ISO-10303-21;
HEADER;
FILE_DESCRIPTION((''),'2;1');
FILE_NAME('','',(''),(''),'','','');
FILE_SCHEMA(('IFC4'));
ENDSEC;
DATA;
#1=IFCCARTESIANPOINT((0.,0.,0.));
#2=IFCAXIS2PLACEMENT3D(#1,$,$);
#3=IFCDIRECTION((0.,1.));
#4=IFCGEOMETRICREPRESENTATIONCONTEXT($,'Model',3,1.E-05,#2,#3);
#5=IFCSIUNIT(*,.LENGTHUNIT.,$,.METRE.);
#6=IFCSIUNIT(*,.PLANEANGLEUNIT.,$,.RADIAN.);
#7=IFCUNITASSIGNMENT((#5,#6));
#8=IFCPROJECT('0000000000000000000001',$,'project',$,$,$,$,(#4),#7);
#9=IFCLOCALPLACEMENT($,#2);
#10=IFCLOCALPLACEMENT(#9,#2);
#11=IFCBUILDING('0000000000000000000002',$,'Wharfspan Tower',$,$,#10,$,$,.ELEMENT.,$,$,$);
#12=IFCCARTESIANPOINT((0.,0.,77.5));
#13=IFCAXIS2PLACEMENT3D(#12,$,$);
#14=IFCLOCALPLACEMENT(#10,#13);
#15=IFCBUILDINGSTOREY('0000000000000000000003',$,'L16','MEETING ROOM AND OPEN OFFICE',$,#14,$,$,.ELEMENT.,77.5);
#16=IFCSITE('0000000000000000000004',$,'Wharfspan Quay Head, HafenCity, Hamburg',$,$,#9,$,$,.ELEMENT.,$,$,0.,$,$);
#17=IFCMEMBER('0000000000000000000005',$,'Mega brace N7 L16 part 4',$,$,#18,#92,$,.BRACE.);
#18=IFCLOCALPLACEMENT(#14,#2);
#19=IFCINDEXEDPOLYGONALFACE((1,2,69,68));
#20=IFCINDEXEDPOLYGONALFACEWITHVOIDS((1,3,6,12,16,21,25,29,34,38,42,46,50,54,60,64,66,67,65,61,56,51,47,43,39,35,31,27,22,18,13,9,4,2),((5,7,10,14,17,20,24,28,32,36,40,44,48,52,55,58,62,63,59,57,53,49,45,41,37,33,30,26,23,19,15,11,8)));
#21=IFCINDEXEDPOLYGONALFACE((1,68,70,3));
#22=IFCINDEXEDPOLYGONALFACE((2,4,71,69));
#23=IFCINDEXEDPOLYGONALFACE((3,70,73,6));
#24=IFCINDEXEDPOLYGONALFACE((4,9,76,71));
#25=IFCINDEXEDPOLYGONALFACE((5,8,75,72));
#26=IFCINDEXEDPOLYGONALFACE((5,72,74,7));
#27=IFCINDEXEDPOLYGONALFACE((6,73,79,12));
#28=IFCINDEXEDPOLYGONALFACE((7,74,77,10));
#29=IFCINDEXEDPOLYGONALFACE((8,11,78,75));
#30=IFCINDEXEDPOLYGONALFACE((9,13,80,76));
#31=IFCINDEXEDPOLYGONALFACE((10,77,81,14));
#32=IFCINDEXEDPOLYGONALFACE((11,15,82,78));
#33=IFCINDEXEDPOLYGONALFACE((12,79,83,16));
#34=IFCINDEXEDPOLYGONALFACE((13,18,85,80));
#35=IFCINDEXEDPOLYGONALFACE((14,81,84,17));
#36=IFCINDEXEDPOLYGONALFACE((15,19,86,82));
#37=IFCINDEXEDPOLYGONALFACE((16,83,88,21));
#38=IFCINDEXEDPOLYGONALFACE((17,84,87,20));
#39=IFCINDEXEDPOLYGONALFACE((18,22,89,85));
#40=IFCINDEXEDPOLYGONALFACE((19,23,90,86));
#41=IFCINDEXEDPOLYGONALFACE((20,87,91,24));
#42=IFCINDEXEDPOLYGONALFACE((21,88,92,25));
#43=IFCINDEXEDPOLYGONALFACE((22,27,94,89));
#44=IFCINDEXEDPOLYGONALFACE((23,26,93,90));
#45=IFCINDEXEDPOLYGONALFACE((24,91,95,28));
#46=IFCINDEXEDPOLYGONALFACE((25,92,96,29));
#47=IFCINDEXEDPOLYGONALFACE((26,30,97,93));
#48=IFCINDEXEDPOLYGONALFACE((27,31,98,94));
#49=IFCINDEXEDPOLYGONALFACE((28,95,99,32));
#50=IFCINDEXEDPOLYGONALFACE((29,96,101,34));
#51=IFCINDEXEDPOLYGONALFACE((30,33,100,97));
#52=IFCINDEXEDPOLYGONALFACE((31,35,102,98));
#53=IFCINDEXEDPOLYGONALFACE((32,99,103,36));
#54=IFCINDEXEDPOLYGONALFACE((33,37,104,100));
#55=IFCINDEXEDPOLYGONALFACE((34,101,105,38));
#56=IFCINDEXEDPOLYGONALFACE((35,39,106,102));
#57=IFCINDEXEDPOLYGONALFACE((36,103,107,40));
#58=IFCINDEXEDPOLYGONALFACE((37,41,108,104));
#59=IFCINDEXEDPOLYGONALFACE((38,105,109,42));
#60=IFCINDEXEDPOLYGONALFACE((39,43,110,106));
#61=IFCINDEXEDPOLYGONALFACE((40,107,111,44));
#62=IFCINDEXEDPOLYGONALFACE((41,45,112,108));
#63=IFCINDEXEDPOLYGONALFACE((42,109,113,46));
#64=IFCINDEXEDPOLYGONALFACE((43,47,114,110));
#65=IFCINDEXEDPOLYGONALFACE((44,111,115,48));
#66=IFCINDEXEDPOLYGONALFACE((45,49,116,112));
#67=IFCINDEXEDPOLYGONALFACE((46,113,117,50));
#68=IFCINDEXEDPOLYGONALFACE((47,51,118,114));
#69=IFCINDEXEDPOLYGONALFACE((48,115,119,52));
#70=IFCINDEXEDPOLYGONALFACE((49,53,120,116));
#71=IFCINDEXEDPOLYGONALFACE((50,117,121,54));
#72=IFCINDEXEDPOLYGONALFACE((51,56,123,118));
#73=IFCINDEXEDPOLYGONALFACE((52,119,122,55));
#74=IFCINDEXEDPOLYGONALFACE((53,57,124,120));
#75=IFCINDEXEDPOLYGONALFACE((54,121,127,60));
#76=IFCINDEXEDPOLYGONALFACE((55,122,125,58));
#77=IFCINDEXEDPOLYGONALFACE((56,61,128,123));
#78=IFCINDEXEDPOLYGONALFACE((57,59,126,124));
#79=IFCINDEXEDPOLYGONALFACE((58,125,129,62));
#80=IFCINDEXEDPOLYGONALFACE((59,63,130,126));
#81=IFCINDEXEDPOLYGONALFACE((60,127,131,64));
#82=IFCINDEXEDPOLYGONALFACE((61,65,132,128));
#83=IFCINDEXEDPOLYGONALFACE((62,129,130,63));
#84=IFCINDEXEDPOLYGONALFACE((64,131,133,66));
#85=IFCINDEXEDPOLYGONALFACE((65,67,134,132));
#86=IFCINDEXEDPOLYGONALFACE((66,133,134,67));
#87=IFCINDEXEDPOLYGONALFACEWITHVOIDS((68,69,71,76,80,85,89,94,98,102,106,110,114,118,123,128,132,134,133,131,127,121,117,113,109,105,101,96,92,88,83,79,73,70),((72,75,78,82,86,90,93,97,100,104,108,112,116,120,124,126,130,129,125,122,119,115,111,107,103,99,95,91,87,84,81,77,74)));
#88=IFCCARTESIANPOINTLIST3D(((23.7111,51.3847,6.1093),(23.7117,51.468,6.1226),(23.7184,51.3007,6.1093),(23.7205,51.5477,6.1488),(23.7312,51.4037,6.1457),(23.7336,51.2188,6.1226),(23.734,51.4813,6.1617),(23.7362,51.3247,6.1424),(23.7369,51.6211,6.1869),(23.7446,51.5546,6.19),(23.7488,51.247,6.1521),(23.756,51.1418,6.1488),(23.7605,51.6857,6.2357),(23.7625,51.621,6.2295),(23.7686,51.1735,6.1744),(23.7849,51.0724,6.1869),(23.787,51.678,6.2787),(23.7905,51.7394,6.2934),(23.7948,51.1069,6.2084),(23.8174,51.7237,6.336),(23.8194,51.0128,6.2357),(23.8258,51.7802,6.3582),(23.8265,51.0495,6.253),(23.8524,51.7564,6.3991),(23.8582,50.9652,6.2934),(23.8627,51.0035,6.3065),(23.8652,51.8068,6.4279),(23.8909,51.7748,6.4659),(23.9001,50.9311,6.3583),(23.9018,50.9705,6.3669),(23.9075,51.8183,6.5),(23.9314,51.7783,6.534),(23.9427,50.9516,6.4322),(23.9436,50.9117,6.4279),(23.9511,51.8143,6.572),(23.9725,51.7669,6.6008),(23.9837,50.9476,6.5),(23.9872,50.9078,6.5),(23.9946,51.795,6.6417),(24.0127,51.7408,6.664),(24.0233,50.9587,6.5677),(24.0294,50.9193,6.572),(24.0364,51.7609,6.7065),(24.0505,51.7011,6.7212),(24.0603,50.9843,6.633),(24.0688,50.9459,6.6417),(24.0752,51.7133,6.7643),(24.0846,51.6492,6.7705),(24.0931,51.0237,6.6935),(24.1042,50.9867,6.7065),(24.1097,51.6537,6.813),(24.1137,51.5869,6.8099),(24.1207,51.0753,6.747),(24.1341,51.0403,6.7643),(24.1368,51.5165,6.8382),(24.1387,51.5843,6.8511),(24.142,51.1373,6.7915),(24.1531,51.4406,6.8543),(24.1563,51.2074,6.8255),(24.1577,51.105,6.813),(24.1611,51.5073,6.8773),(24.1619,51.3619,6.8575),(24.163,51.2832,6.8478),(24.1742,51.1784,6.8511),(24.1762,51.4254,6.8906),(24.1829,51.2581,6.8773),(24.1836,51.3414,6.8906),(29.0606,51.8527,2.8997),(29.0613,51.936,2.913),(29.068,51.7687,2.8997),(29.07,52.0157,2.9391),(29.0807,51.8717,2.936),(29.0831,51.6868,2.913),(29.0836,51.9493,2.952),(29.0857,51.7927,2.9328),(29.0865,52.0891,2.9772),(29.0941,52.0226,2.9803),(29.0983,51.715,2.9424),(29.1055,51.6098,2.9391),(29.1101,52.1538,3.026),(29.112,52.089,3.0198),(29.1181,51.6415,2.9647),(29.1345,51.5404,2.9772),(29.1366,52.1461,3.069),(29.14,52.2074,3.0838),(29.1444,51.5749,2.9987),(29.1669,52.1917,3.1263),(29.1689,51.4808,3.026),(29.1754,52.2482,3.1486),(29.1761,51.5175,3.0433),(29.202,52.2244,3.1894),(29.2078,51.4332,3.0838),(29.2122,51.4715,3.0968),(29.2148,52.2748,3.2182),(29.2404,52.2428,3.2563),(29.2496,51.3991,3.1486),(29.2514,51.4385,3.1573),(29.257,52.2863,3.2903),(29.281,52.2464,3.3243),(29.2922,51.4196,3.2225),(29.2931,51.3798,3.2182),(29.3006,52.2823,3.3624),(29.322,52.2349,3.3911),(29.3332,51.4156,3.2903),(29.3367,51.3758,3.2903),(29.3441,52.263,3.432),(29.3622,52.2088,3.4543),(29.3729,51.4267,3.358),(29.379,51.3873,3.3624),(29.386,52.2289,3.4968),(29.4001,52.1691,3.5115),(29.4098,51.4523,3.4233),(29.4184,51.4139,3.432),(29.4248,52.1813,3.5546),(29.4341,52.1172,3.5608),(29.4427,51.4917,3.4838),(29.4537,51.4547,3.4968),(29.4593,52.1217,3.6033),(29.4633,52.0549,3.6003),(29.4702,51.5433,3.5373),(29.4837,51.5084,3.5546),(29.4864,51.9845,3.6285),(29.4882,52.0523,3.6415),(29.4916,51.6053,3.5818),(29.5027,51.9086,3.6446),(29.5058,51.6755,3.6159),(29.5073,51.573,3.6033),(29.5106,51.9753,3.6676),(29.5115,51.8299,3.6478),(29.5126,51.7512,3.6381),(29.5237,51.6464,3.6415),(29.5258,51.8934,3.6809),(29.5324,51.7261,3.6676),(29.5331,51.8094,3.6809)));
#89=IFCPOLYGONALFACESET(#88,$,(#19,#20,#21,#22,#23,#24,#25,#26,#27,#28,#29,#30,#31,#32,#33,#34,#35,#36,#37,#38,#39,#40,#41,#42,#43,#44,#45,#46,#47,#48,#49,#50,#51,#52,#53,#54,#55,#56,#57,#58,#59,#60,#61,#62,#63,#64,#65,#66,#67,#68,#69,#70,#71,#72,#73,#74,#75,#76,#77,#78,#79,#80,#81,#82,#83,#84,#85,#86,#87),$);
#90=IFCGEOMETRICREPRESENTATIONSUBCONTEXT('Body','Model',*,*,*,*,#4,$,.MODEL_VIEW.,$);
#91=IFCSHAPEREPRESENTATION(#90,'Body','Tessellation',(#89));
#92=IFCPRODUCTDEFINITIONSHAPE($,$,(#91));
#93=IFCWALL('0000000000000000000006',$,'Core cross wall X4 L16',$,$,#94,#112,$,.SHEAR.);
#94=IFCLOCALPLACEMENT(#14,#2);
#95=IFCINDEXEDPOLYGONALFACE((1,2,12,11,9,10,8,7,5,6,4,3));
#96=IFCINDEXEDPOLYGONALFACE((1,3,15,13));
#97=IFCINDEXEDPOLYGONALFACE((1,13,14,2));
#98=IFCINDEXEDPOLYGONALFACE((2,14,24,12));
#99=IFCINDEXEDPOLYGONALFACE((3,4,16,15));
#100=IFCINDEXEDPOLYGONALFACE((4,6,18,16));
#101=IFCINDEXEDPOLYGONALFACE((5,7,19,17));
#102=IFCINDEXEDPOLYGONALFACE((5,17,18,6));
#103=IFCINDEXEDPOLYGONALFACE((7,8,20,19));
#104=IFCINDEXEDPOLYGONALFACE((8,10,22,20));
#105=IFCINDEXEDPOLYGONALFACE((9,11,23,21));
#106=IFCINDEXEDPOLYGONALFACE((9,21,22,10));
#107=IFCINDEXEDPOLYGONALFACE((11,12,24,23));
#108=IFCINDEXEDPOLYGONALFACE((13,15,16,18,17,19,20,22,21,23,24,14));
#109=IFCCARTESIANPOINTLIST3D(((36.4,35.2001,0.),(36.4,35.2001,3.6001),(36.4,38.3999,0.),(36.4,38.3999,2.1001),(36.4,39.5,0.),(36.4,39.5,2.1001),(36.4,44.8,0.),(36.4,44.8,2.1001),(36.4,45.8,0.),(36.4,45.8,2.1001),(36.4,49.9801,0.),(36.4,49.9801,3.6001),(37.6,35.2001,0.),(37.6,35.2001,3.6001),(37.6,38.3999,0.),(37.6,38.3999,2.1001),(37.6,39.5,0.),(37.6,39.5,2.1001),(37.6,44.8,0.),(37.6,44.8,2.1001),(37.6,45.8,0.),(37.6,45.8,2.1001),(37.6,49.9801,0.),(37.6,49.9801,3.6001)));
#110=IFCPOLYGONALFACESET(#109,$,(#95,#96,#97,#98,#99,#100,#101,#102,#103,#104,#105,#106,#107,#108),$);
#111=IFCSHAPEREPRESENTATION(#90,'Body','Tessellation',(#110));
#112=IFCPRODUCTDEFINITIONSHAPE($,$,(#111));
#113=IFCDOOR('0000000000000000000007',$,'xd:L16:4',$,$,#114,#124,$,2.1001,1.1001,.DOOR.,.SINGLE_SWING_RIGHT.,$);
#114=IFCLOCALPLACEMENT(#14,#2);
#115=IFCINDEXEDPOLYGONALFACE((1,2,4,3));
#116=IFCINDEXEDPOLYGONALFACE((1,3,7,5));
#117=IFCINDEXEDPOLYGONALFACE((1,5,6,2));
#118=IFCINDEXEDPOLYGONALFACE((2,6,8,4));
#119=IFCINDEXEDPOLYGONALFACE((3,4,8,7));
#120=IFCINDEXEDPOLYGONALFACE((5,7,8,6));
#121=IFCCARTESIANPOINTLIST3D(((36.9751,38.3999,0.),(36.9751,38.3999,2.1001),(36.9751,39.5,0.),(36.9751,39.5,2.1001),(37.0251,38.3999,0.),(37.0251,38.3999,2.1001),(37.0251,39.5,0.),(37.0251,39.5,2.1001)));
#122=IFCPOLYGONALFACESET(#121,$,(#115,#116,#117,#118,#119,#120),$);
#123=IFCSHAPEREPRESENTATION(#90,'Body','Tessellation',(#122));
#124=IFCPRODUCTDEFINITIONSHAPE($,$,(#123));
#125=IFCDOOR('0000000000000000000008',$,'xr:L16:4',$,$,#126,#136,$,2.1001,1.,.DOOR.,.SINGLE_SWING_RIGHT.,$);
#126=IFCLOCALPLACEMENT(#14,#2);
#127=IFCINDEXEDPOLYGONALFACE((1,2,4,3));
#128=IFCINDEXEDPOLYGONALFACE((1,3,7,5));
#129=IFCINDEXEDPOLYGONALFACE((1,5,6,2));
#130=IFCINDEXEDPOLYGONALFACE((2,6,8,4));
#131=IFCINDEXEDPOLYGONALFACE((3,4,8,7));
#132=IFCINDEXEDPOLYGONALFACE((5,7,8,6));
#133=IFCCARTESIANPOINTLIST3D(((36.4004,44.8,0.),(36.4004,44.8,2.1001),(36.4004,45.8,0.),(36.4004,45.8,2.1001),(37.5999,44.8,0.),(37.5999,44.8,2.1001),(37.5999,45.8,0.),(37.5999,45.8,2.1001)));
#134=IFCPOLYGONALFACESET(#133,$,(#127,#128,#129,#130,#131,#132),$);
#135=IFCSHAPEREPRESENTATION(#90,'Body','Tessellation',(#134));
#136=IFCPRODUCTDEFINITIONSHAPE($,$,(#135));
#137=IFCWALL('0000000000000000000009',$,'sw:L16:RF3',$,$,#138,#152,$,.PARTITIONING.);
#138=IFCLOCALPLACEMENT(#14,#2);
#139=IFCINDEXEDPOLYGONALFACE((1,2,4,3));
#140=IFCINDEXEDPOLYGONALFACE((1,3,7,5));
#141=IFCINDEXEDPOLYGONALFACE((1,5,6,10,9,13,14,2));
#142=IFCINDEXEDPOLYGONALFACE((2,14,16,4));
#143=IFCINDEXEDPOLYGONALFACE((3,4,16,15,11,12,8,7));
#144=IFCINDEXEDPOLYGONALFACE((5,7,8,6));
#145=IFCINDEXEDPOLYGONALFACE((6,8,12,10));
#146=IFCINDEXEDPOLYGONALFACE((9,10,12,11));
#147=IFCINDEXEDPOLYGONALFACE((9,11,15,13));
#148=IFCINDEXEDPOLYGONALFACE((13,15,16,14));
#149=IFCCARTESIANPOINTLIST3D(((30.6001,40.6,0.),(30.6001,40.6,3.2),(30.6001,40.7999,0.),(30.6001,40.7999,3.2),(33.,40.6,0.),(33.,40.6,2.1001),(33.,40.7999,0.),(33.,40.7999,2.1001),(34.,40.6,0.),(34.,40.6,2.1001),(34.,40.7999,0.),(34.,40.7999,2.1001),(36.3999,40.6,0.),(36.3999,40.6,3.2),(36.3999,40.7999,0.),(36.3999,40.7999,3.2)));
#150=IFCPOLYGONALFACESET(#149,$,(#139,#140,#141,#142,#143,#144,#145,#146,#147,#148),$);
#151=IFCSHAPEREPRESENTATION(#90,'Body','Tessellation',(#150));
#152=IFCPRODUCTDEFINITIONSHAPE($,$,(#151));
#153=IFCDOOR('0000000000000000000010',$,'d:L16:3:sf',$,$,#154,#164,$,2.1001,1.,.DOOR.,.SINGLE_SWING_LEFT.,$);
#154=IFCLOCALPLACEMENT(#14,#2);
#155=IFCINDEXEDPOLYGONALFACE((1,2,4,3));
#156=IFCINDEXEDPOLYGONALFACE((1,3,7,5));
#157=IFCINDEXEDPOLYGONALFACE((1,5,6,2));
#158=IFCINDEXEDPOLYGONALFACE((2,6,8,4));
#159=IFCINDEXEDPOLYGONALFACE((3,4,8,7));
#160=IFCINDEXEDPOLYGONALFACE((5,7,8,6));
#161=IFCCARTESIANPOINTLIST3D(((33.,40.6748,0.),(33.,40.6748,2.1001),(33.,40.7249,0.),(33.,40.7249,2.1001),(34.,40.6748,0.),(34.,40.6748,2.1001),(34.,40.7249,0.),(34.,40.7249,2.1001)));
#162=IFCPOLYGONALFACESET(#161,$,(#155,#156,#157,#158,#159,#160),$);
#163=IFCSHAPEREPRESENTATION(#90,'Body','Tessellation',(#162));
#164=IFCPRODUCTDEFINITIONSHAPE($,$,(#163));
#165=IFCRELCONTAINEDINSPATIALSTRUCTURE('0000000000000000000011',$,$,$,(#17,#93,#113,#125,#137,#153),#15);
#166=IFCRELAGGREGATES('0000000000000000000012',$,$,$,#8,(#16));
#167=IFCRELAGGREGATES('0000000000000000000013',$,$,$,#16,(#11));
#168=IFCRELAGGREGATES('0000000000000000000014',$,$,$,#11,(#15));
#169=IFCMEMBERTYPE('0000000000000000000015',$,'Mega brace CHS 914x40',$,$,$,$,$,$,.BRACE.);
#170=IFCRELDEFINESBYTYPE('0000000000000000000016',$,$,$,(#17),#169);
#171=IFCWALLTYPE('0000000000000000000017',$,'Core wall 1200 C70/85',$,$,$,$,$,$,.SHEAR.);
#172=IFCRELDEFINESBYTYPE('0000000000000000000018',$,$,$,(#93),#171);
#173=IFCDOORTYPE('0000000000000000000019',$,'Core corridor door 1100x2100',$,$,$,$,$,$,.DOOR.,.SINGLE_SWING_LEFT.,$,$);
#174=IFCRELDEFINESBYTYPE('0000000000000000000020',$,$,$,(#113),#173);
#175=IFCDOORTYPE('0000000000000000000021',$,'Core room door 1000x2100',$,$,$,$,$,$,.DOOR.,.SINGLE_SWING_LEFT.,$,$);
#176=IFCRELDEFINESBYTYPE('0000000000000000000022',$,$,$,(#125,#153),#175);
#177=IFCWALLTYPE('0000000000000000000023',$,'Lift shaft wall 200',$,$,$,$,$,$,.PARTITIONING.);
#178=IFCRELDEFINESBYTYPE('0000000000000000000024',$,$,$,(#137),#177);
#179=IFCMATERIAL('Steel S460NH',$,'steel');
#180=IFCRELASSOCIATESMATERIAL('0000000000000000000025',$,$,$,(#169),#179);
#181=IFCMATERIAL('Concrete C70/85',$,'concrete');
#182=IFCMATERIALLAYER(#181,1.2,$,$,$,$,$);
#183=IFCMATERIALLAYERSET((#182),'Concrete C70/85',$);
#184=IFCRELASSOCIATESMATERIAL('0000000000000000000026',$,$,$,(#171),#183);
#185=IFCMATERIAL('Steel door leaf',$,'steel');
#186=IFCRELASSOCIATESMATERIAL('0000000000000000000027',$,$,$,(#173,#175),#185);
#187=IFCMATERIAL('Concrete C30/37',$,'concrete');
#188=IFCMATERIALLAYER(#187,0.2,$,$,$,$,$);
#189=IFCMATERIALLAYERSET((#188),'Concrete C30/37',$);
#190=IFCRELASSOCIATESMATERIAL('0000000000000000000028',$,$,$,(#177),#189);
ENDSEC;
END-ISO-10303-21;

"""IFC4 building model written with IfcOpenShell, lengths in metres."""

from ifc_helpers import new_model, si_unit, direction, frame, frame_2d, origin, origin_2d, place, context, subcontext, project, spatial, rectangle, hollow_circle, extrude, material, layer, layer_set, material_profile, profile_set, type_object, element, fill, save


model = new_model("IFC4")

# Units and contexts
model_context = context("Model", 3, precision=1e-05, world=origin(), true_north=direction((0.0, 1.0)))
body_context = subcontext(model_context, "Body", "Model", "MODEL_VIEW")
ifc_project = project(units=[si_unit("LENGTHUNIT", "METRE"), si_unit("PLANEANGLEUNIT", "RADIAN")], contexts=[model_context])

# Site, building, storey
site_placement = place(None, origin())
site = spatial("IfcSite", under=ifc_project, at=site_placement, Name="Wharfspan Quay Head, HafenCity, Hamburg", CompositionType="ELEMENT", RefElevation=0.0)
building_placement = place(site_placement, origin())
building = spatial("IfcBuilding", under=site, at=building_placement, Name="Wharfspan Tower", CompositionType="ELEMENT")
storey_placement = place(building_placement, frame((0.0, 0.0, 77.5)))
storey = spatial("IfcBuildingStorey", under=building, at=storey_placement, Name="L16", Description="MEETING ROOM AND OPEN OFFICE", CompositionType="ELEMENT", Elevation=77.5)

# Member
ifc_material_1 = material(Name="Steel S460NH", Category="steel")
ifc_material_profile_1 = material_profile(ifc_material_1, hollow_circle(Radius=0.457, WallThickness=0.04, at=origin_2d()))
ifc_profile_set_1 = profile_set([ifc_material_profile_1], Name="Steel S460NH")
member_type = type_object("IfcMemberType", Name="Mega brace CHS 914x40", PredefinedType="BRACE", material=ifc_profile_set_1)
for number, where, z_axis, x_axis, name in (
    (1, (29.2969, 51.8311, 3.2903), (-0.855094, -0.074809, 0.513048), (0.087154, -0.996195, 0.000001), "Mega brace N7 L16 part 4"),
):
    element("IfcMember", number, at=place(storey_placement, frame(where, z_axis=z_axis, x_axis=x_axis)), inside=storey, type_object=member_type, Name=name, PredefinedType="BRACE", context=body_context, shape_type="SweptSolid", body=[
        extrude(hollow_circle(Radius=0.457, WallThickness=0.04, at=origin_2d()), origin(), (0.0, 0.0, 1.0), 6.2561),
    ])

# Wall, openings, doors
ifc_material_2 = material(Name="Concrete C70/85", Category="concrete")
ifc_layer_1 = layer(ifc_material_2, 1.2)
ifc_layer_set_1 = layer_set([ifc_layer_1], Name="Concrete C70/85")
wall_type_1 = type_object("IfcWallType", Name="Core wall 1200 C70/85", PredefinedType="SHEAR", material=ifc_layer_set_1)
wall_1_placement = place(storey_placement, frame((37.0, 35.2, 0.0), z_axis=(0.0, 0.0, 1.0), x_axis=(0.0, 1.0, 0.0)))
wall_1 = element("IfcWall", 2, at=wall_1_placement, inside=storey, type_object=wall_type_1, Name="Core cross wall X4 L16", PredefinedType="SHEAR", context=body_context, shape_type="SweptSolid", body=[
    extrude(rectangle(XDim=14.78, YDim=1.2, at=frame_2d((7.3901, 0.0))), origin(), (0.0, 0.0, 1.0), 3.6001),
])
opening_1_placement = place(wall_1_placement, frame((3.2, 0.0, 0.0)))
opening_1 = element("IfcOpeningElement", 3, at=opening_1_placement, cuts=wall_1, PredefinedType="OPENING", context=body_context, shape_type="SweptSolid", body=[
    extrude(rectangle(XDim=1.1001, YDim=2.1001, at=frame_2d((0.55, 1.05))), frame((0.0, 0.6099, 0.0), z_axis=(0.0, -1.0, 0.0), x_axis=(1.0, 0.0, 0.0)), (0.0, 0.0, 1.0), 1.22),
])
opening_2_placement = place(wall_1_placement, frame((9.6001, 0.0, 0.0)))
opening_2 = element("IfcOpeningElement", 4, at=opening_2_placement, cuts=wall_1, PredefinedType="OPENING", context=body_context, shape_type="SweptSolid", body=[
    extrude(rectangle(XDim=1.0, YDim=2.1001, at=frame_2d((0.5, 1.05))), frame((0.0, 0.6099, 0.0), z_axis=(0.0, -1.0, 0.0), x_axis=(1.0, 0.0, 0.0)), (0.0, 0.0, 1.0), 1.22),
])
ifc_material_3 = material(Name="Steel door leaf", Category="steel")
door_type_1 = type_object("IfcDoorType", Name="Core corridor door 1100x2100", OperationType="SINGLE_SWING_LEFT", PredefinedType="DOOR", material=ifc_material_3)
door_1_placement = place(opening_1_placement, origin())
door_1 = element("IfcDoor", 5, at=door_1_placement, inside=storey, type_object=door_type_1, Name="xd:L16:4", OperationType="SINGLE_SWING_RIGHT", OverallHeight=2.1001, OverallWidth=1.1001, PredefinedType="DOOR", context=body_context, shape_type="SweptSolid", body=[
    extrude(rectangle(XDim=1.1001, YDim=2.1001, at=frame_2d((0.55, 1.05))), frame((0.0, 0.0249, 0.0), z_axis=(0.0, -1.0, 0.0), x_axis=(1.0, 0.0, 0.0)), (0.0, 0.0, 1.0), 0.05),
])
fill(opening_1, door_1)
door_type_2 = type_object("IfcDoorType", Name="Core room door 1000x2100", OperationType="SINGLE_SWING_LEFT", PredefinedType="DOOR", material=ifc_material_3)
door_2_placement = place(opening_2_placement, origin())
door_2 = element("IfcDoor", 6, at=door_2_placement, inside=storey, type_object=door_type_2, Name="xr:L16:4", OperationType="SINGLE_SWING_RIGHT", OverallHeight=2.1001, OverallWidth=1.0, PredefinedType="DOOR", context=body_context, shape_type="SweptSolid", body=[
    extrude(rectangle(XDim=1.0, YDim=2.1001, at=frame_2d((0.5, 1.05))), frame((0.0, 0.5996, 0.0), z_axis=(0.0, -1.0, 0.0), x_axis=(1.0, 0.0, 0.0)), (0.0, 0.0, 1.0), 1.1995),
])
fill(opening_2, door_2)

# Wall, opening, door
ifc_material_4 = material(Name="Concrete C30/37", Category="concrete")
ifc_layer_2 = layer(ifc_material_4, 0.2)
ifc_layer_set_2 = layer_set([ifc_layer_2], Name="Concrete C30/37")
wall_type_2 = type_object("IfcWallType", Name="Lift shaft wall 200", PredefinedType="PARTITIONING", material=ifc_layer_set_2)
wall_2_placement = place(storey_placement, frame((30.6001, 40.7, 0.0), z_axis=(0.0, 0.0, 1.0), x_axis=(1.0, 0.0, 0.0)))
wall_2 = element("IfcWall", 7, at=wall_2_placement, inside=storey, type_object=wall_type_2, Name="sw:L16:RF3", PredefinedType="PARTITIONING", context=body_context, shape_type="SweptSolid", body=[
    extrude(rectangle(XDim=5.7998, YDim=0.2, at=frame_2d((2.8999, 0.0))), origin(), (0.0, 0.0, 1.0), 3.2),
])
opening_3_placement = place(wall_2_placement, frame((2.3999, 0.0, 0.0)))
opening_3 = element("IfcOpeningElement", 8, at=opening_3_placement, cuts=wall_2, PredefinedType="OPENING", context=body_context, shape_type="SweptSolid", body=[
    extrude(rectangle(XDim=1.0, YDim=2.1001, at=frame_2d((0.5, 1.05))), frame((0.0, 0.1099, 0.0), z_axis=(0.0, -1.0, 0.0), x_axis=(1.0, 0.0, 0.0)), (0.0, 0.0, 1.0), 0.22),
])
door_3_placement = place(opening_3_placement, origin())
door_3 = element("IfcDoor", 9, at=door_3_placement, inside=storey, type_object=door_type_2, Name="d:L16:3:sf", OperationType="SINGLE_SWING_LEFT", OverallHeight=2.1001, OverallWidth=1.0, PredefinedType="DOOR", context=body_context, shape_type="SweptSolid", body=[
    extrude(rectangle(XDim=1.0, YDim=2.1001, at=frame_2d((0.5, 1.05))), frame((0.0, 0.0249, 0.0), z_axis=(0.0, -1.0, 0.0), x_axis=(1.0, 0.0, 0.0)), (0.0, 0.0, 1.0), 0.05),
])
fill(opening_3, door_3)

save(model, "model.ifc")
